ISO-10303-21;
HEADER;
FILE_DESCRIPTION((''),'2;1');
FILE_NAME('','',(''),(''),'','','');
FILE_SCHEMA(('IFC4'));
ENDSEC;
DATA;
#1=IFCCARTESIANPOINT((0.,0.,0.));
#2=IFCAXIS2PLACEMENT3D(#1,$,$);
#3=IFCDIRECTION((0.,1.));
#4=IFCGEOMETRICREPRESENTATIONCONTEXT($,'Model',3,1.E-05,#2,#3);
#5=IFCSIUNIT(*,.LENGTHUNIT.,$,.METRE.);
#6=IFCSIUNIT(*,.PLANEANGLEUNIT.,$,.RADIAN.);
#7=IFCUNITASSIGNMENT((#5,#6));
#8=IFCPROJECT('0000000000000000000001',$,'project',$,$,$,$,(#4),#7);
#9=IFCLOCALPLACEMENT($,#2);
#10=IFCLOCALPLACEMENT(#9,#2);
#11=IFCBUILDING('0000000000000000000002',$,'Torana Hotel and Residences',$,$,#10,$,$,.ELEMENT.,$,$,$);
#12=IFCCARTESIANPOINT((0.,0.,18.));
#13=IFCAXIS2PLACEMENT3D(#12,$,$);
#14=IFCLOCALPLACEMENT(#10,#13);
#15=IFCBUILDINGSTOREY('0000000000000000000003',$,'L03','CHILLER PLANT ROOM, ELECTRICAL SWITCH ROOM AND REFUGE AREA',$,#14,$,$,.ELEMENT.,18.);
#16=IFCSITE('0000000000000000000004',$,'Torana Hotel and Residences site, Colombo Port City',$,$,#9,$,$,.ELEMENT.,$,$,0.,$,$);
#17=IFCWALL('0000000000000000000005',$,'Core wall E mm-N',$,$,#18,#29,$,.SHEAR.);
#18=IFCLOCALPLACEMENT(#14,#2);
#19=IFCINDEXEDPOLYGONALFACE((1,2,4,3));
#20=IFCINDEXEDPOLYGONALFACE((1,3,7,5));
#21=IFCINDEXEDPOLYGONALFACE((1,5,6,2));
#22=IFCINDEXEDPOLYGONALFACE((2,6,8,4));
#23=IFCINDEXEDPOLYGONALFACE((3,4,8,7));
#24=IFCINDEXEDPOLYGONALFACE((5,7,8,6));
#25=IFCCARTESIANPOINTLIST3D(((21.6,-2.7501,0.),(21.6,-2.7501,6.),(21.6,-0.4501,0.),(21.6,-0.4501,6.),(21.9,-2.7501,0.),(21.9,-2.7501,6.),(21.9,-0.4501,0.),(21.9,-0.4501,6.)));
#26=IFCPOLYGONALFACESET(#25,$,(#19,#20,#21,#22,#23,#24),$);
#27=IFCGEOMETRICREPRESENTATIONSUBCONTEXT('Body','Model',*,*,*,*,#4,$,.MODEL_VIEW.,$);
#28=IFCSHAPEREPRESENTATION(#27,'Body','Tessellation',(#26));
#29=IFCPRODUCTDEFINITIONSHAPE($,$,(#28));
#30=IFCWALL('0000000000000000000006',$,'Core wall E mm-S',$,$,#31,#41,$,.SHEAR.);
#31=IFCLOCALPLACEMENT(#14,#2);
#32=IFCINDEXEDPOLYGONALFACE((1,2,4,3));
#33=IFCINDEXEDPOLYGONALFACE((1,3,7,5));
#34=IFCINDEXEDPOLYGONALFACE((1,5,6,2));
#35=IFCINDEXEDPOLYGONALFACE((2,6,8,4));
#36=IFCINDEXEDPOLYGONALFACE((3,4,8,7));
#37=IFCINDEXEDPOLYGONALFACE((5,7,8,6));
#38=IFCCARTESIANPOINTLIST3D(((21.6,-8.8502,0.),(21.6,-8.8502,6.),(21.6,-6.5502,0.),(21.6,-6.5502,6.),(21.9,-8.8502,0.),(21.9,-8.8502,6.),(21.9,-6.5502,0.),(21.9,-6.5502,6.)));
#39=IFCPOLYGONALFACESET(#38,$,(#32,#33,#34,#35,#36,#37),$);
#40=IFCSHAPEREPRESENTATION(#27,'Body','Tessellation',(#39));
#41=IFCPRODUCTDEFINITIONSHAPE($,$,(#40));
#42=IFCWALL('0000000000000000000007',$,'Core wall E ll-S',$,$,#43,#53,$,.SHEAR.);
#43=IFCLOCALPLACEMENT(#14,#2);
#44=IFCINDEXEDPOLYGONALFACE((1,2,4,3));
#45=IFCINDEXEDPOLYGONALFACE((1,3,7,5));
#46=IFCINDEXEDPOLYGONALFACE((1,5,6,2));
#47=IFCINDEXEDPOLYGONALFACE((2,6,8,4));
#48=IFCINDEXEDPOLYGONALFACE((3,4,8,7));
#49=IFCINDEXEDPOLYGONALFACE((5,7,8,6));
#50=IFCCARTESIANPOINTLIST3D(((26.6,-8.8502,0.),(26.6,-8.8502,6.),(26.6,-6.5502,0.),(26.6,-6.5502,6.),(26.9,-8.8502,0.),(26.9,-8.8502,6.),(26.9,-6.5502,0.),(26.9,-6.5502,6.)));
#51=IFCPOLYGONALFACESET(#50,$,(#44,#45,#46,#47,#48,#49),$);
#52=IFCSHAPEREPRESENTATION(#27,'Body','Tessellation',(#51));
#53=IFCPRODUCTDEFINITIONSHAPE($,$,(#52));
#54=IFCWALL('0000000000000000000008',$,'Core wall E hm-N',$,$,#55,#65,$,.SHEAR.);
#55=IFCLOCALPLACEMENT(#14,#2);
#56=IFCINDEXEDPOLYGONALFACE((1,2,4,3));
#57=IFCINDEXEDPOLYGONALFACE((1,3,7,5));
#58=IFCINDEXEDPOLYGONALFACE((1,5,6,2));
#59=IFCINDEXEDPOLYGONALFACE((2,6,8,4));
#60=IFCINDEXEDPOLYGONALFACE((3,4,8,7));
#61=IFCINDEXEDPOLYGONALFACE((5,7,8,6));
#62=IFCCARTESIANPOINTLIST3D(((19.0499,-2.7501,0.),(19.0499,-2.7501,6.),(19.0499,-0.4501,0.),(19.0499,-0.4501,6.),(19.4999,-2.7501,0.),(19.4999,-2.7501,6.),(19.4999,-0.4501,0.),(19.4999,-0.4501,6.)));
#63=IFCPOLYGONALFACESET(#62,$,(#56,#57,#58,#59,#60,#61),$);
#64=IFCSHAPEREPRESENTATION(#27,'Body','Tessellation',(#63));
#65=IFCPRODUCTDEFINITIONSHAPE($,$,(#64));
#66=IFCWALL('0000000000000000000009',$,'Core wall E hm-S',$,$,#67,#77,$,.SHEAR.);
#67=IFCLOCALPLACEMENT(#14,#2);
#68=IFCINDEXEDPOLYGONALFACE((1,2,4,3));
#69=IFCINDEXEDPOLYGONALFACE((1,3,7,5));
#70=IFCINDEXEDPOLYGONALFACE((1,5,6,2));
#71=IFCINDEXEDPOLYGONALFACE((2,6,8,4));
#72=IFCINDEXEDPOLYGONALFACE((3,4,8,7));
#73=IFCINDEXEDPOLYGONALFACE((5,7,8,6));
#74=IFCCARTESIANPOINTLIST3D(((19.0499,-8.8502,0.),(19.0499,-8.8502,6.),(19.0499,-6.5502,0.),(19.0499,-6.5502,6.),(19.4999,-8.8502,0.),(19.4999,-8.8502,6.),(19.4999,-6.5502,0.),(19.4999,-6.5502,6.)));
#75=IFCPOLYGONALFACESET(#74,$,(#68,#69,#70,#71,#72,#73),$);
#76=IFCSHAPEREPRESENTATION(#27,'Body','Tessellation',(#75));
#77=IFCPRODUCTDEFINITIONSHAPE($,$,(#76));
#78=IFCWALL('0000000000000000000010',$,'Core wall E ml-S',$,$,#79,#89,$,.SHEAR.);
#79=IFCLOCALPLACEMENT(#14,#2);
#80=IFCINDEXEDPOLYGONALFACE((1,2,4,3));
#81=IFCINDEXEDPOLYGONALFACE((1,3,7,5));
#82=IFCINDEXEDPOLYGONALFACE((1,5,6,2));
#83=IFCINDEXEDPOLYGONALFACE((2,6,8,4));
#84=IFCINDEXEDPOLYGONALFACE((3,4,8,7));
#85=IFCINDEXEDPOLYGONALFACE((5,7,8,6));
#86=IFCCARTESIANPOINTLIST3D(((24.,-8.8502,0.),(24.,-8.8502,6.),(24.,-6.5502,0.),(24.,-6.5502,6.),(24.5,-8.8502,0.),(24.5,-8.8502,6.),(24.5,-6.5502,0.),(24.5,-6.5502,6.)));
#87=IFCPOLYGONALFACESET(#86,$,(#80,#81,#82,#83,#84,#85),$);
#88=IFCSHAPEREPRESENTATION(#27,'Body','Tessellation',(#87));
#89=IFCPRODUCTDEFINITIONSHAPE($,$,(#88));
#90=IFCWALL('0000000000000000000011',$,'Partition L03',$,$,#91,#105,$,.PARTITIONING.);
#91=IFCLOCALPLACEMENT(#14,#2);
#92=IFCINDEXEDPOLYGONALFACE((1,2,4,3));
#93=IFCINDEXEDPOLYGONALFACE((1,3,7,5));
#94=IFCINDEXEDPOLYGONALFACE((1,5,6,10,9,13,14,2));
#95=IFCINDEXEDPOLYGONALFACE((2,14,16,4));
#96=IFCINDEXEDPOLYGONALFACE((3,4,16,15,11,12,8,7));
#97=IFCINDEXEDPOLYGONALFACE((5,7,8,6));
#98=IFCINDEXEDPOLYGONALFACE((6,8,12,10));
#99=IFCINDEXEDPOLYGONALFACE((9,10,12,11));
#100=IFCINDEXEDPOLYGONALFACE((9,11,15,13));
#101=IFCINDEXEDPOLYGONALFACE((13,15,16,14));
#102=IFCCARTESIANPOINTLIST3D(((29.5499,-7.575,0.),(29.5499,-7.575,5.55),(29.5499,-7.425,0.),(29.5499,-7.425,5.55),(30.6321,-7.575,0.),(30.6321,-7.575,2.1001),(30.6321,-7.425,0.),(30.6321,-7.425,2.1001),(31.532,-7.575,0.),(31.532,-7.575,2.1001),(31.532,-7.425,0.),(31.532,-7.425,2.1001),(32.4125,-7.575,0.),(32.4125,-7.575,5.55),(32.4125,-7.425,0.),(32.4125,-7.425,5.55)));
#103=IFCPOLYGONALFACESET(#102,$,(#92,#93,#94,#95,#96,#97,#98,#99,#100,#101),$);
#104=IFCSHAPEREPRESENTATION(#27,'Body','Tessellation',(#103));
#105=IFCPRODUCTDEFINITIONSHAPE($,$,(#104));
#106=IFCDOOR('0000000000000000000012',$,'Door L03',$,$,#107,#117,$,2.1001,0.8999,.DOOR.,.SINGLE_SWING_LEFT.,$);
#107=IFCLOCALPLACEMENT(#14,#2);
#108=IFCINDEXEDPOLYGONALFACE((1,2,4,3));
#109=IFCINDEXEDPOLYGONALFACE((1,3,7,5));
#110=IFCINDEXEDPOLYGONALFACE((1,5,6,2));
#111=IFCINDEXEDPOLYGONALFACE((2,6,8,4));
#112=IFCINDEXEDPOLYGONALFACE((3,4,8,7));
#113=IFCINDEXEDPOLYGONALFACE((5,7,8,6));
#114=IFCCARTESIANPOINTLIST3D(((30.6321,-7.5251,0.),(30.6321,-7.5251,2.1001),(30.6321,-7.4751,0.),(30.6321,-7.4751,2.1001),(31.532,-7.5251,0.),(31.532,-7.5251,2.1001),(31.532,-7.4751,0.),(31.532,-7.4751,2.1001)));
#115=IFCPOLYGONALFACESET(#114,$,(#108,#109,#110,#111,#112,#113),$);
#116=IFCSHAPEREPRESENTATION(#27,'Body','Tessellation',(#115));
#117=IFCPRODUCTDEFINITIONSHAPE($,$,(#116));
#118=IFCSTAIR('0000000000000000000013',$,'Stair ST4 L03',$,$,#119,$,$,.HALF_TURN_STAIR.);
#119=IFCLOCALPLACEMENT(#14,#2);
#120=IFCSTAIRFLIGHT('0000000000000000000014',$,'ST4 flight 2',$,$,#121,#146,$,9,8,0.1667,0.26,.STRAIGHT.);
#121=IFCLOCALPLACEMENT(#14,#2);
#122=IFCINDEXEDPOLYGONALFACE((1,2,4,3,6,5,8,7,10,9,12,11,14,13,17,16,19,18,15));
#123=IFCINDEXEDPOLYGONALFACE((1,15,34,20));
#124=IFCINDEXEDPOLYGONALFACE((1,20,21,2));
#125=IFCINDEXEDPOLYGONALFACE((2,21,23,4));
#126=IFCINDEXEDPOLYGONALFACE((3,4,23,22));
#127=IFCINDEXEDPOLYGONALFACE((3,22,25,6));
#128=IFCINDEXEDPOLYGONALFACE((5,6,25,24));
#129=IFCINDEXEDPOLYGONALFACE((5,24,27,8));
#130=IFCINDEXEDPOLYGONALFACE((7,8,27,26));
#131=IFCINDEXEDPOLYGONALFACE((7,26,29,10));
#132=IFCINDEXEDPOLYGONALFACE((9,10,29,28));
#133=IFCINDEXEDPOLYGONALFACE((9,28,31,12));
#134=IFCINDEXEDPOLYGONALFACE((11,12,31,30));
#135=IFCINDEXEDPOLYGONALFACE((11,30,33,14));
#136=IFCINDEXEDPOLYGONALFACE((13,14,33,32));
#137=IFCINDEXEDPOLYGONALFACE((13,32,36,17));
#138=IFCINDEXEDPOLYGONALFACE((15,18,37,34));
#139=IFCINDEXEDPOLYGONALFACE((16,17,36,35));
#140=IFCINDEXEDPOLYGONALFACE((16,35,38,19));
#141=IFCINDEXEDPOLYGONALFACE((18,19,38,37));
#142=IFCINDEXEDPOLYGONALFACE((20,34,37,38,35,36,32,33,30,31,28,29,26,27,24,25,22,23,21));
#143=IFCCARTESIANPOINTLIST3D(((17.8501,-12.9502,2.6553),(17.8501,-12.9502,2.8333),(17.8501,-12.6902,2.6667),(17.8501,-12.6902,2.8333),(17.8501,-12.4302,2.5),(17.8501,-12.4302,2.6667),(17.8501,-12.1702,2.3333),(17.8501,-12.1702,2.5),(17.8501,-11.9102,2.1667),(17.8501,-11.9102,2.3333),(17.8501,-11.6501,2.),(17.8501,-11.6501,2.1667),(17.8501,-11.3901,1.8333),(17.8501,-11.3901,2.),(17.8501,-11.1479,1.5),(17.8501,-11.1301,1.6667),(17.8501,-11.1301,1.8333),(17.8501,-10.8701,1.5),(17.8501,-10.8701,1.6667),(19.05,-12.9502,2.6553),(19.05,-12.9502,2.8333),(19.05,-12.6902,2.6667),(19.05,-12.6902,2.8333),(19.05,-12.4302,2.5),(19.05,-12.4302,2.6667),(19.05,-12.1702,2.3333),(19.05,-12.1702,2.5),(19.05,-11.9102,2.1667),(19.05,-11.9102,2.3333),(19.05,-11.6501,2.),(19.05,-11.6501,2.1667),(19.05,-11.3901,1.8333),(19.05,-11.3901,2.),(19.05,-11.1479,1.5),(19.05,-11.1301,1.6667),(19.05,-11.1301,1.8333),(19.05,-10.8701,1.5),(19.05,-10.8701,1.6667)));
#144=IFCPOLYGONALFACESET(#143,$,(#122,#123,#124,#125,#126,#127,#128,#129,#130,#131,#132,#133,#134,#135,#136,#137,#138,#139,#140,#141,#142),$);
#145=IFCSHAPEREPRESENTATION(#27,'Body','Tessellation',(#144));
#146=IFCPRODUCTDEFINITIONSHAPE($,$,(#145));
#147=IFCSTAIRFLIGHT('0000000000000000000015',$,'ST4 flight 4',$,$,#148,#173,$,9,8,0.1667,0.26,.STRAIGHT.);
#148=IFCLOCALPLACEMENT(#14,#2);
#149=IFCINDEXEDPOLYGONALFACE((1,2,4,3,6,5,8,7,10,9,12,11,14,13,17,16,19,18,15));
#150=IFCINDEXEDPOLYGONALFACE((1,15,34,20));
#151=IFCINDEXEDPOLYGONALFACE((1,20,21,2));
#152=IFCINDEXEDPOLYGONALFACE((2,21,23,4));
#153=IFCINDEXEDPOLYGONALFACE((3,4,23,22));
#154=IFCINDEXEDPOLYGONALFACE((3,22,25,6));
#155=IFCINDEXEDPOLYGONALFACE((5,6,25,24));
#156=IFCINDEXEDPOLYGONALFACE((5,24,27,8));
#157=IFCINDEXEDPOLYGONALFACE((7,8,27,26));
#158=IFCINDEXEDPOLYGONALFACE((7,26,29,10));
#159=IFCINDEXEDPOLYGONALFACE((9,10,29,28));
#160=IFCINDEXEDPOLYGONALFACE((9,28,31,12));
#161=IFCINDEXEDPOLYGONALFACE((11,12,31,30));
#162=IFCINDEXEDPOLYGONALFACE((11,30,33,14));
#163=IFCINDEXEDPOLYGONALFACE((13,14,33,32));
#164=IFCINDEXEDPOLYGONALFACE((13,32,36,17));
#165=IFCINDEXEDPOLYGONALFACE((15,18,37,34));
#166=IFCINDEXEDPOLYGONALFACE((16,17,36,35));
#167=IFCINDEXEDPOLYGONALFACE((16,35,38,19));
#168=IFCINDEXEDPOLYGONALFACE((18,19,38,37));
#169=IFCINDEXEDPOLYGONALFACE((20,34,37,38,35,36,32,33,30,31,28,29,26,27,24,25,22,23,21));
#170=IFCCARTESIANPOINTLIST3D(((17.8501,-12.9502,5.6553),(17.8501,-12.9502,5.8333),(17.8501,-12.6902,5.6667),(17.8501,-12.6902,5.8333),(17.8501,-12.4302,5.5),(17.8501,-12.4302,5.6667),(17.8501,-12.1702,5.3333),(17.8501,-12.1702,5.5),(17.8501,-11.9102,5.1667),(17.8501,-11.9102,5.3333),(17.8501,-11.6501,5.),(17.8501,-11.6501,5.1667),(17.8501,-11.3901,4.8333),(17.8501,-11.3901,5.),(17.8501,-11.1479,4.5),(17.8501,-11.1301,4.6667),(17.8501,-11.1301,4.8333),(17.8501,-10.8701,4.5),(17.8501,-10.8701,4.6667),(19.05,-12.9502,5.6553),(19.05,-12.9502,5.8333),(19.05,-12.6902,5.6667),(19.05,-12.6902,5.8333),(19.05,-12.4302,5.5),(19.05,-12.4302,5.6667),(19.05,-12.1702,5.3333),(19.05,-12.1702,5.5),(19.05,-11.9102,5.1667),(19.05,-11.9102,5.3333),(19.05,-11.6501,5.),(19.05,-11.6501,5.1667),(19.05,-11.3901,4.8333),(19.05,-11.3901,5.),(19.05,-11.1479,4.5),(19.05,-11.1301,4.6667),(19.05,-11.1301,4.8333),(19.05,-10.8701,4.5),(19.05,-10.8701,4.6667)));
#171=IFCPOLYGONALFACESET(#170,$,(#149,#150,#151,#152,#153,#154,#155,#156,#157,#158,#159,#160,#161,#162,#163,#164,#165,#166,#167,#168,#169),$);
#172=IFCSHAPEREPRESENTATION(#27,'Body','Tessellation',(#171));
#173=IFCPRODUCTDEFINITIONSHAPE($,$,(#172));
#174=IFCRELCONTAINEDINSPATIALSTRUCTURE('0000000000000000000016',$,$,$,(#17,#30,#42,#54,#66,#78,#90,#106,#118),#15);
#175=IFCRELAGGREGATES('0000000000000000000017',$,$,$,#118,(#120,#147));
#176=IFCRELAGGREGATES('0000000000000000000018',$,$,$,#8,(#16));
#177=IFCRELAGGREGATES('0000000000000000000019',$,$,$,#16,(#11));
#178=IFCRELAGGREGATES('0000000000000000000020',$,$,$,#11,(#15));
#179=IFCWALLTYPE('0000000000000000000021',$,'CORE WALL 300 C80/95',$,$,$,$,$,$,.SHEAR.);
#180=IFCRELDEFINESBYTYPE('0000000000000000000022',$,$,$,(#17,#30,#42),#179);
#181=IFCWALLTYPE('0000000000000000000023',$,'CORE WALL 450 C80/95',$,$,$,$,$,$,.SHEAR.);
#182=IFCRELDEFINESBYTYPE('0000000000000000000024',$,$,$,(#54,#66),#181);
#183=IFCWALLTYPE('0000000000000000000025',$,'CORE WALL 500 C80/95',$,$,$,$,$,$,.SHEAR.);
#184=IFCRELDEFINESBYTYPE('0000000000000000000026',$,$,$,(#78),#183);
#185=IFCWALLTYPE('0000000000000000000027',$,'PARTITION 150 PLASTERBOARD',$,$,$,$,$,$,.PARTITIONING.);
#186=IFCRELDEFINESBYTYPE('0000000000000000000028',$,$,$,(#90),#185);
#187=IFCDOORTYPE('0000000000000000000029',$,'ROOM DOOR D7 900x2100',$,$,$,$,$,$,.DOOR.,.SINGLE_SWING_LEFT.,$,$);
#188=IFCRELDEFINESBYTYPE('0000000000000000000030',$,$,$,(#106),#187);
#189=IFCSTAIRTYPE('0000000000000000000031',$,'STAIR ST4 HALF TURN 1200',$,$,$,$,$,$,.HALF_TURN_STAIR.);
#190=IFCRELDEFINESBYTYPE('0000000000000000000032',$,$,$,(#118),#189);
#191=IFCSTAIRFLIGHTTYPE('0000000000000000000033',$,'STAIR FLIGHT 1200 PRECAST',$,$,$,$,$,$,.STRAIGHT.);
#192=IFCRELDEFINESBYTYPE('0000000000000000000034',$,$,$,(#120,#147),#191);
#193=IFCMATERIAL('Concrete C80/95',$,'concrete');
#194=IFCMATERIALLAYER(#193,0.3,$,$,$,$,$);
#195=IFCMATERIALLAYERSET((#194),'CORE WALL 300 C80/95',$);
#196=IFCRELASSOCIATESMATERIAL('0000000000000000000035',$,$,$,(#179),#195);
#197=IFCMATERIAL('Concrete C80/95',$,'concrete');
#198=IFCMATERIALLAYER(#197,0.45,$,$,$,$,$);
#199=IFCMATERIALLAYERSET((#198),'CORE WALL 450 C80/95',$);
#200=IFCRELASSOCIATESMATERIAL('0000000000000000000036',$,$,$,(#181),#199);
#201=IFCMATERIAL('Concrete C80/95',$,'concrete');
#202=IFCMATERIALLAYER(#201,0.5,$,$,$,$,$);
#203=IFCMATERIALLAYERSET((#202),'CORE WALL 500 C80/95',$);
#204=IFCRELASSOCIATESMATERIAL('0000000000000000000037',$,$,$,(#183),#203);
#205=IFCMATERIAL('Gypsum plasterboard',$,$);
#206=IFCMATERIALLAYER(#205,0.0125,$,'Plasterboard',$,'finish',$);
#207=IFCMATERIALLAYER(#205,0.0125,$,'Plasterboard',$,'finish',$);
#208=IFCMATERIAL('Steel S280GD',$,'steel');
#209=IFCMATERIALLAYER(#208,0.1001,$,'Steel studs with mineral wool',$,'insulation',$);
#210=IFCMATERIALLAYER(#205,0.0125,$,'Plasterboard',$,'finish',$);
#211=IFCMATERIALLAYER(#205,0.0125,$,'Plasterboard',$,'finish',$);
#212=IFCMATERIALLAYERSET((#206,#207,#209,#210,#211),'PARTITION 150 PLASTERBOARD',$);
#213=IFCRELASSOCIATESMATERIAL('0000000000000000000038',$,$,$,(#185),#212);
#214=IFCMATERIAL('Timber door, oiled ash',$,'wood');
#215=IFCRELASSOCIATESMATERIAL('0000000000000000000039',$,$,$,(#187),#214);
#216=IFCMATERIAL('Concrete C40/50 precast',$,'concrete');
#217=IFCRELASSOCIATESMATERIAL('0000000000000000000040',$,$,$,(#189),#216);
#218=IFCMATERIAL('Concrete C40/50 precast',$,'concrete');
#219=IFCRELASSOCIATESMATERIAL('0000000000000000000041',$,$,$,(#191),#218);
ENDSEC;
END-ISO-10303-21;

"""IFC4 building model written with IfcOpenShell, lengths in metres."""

from ifc_helpers import new_model, si_unit, direction, frame, frame_2d, origin, place, context, subcontext, project, spatial, polyline, rectangle, outline, extrude, material, layer, layer_set, type_object, element, fill, aggregate, save


model = new_model("IFC4")

# Units and contexts
model_context = context("Model", 3, precision=1e-05, world=origin(), true_north=direction((0.0, 1.0)))
body_context = subcontext(model_context, "Body", "Model", "MODEL_VIEW")
ifc_project = project(units=[si_unit("LENGTHUNIT", "METRE"), si_unit("PLANEANGLEUNIT", "RADIAN")], contexts=[model_context])

# Site, building, storey
site_placement = place(None, origin())
site = spatial("IfcSite", under=ifc_project, at=site_placement, Name="Torana Hotel and Residences site, Colombo Port City", CompositionType="ELEMENT", RefElevation=0.0)
building_placement = place(site_placement, origin())
building = spatial("IfcBuilding", under=site, at=building_placement, Name="Torana Hotel and Residences", CompositionType="ELEMENT")
storey_placement = place(building_placement, frame((0.0, 0.0, 18.0)))
storey = spatial("IfcBuildingStorey", under=building, at=storey_placement, Name="L03", Description="CHILLER PLANT ROOM, ELECTRICAL SWITCH ROOM AND REFUGE AREA", CompositionType="ELEMENT", Elevation=18.0)

# Walls
ifc_material_1 = material(Name="Concrete C80/95", Category="concrete")
ifc_layer_1 = layer(ifc_material_1, 0.3)
ifc_layer_set_1 = layer_set([ifc_layer_1], Name="CORE WALL 300 C80/95")
wall_type_1 = type_object("IfcWallType", Name="CORE WALL 300 C80/95", PredefinedType="SHEAR", material=ifc_layer_set_1)
for number, where, z_axis, x_axis, name in (
    (1, (21.75, -2.75, 0.0), (0.0, 0.0, 1.0), (0.0, 1.0, 0.0), "Core wall E mm-N"),
    (2, (21.75, -8.8501, 0.0), (0.0, 0.0, 1.0), (0.0, 1.0, 0.0), "Core wall E mm-S"),
    (3, (26.75, -8.8501, 0.0), (0.0, 0.0, 1.0), (0.0, 1.0, 0.0), "Core wall E ll-S"),
):
    element("IfcWall", number, at=place(storey_placement, frame(where, z_axis=z_axis, x_axis=x_axis)), inside=storey, type_object=wall_type_1, Name=name, PredefinedType="SHEAR", context=body_context, shape_type="SweptSolid", body=[
        extrude(rectangle(XDim=2.3, YDim=0.3, at=frame_2d((1.1499, 0.0))), origin(), (0.0, 0.0, 1.0), 6.0),
    ])
ifc_material_2 = material(Name="Concrete C80/95", Category="concrete")
ifc_layer_2 = layer(ifc_material_2, 0.45)
ifc_layer_set_2 = layer_set([ifc_layer_2], Name="CORE WALL 450 C80/95")
wall_type_2 = type_object("IfcWallType", Name="CORE WALL 450 C80/95", PredefinedType="SHEAR", material=ifc_layer_set_2)
for number, where, z_axis, x_axis, name in (
    (4, (19.2749, -2.75, 0.0), (0.0, 0.0, 1.0), (0.0, 1.0, 0.0), "Core wall E hm-N"),
    (5, (19.2749, -8.8501, 0.0), (0.0, 0.0, 1.0), (0.0, 1.0, 0.0), "Core wall E hm-S"),
):
    element("IfcWall", number, at=place(storey_placement, frame(where, z_axis=z_axis, x_axis=x_axis)), inside=storey, type_object=wall_type_2, Name=name, PredefinedType="SHEAR", context=body_context, shape_type="SweptSolid", body=[
        extrude(rectangle(XDim=2.3, YDim=0.45, at=frame_2d((1.1499, 0.0))), origin(), (0.0, 0.0, 1.0), 6.0),
    ])
ifc_material_3 = material(Name="Concrete C80/95", Category="concrete")
ifc_layer_3 = layer(ifc_material_3, 0.5)
ifc_layer_set_3 = layer_set([ifc_layer_3], Name="CORE WALL 500 C80/95")
wall_type_3 = type_object("IfcWallType", Name="CORE WALL 500 C80/95", PredefinedType="SHEAR", material=ifc_layer_set_3)
wall_1_placement = place(storey_placement, frame((24.25, -8.8501, 0.0), z_axis=(0.0, 0.0, 1.0), x_axis=(0.0, 1.0, 0.0)))
element("IfcWall", 6, at=wall_1_placement, inside=storey, type_object=wall_type_3, Name="Core wall E ml-S", PredefinedType="SHEAR", context=body_context, shape_type="SweptSolid", body=[
    extrude(rectangle(XDim=2.3, YDim=0.5, at=frame_2d((1.1499, 0.0))), origin(), (0.0, 0.0, 1.0), 6.0),
])

# Wall, opening, door
ifc_material_4 = material(Name="Gypsum plasterboard")
ifc_layer_4 = layer(ifc_material_4, 0.0125, Name="Plasterboard", Category="finish")
ifc_layer_5 = layer(ifc_material_4, 0.0125, Name="Plasterboard", Category="finish")
ifc_material_5 = material(Name="Steel S280GD", Category="steel")
ifc_layer_6 = layer(ifc_material_5, 0.1001, Name="Steel studs with mineral wool", Category="insulation")
ifc_layer_7 = layer(ifc_material_4, 0.0125, Name="Plasterboard", Category="finish")
ifc_layer_8 = layer(ifc_material_4, 0.0125, Name="Plasterboard", Category="finish")
ifc_layer_set_4 = layer_set([ifc_layer_4, ifc_layer_5, ifc_layer_6, ifc_layer_7, ifc_layer_8], Name="PARTITION 150 PLASTERBOARD")
wall_type_4 = type_object("IfcWallType", Name="PARTITION 150 PLASTERBOARD", PredefinedType="PARTITIONING", material=ifc_layer_set_4)
wall_2_placement = place(storey_placement, frame((29.55, -7.5, 0.0), z_axis=(0.0, 0.0, 1.0), x_axis=(1.0, 0.0, 0.0)))
wall_2 = element("IfcWall", 7, at=wall_2_placement, inside=storey, type_object=wall_type_4, Name="Partition L03", PredefinedType="PARTITIONING", context=body_context, shape_type="SweptSolid", body=[
    extrude(rectangle(XDim=2.8625, YDim=0.1499, at=frame_2d((1.4312, 0.0))), origin(), (0.0, 0.0, 1.0), 5.55),
])
opening_placement = place(wall_2_placement, frame((1.082, 0.0, 0.0)))
opening = element("IfcOpeningElement", 8, at=opening_placement, cuts=wall_2, PredefinedType="OPENING", context=body_context, shape_type="SweptSolid", body=[
    extrude(rectangle(XDim=0.8999, YDim=2.1001, at=frame_2d((0.45, 1.05))), frame((0.0, 0.085, 0.0), z_axis=(0.0, -1.0, 0.0), x_axis=(1.0, 0.0, 0.0)), (0.0, 0.0, 1.0), 0.1699),
])
ifc_material_6 = material(Name="Timber door, oiled ash", Category="wood")
door_type = type_object("IfcDoorType", Name="ROOM DOOR D7 900x2100", OperationType="SINGLE_SWING_LEFT", PredefinedType="DOOR", material=ifc_material_6)
door_placement = place(opening_placement, origin())
door = element("IfcDoor", 9, at=door_placement, inside=storey, type_object=door_type, Name="Door L03", OperationType="SINGLE_SWING_LEFT", OverallHeight=2.1001, OverallWidth=0.8999, PredefinedType="DOOR", context=body_context, shape_type="SweptSolid", body=[
    extrude(rectangle(XDim=0.8999, YDim=2.1001, at=frame_2d((0.45, 1.05))), frame((0.0, 0.0249, 0.0), z_axis=(0.0, -1.0, 0.0), x_axis=(1.0, 0.0, 0.0)), (0.0, 0.0, 1.0), 0.05),
])
fill(opening, door)

# Stair, stair flights
ifc_material_7 = material(Name="Concrete C40/50 precast", Category="concrete")
stair_type = type_object("IfcStairType", Name="STAIR ST4 HALF TURN 1200", PredefinedType="HALF_TURN_STAIR", material=ifc_material_7)
stair_placement = place(storey_placement, origin())
stair = element("IfcStair", 10, at=stair_placement, inside=storey, type_object=stair_type, Name="Stair ST4 L03", PredefinedType="HALF_TURN_STAIR")
ifc_material_8 = material(Name="Concrete C40/50 precast", Category="concrete")
stair_flight_type = type_object("IfcStairFlightType", Name="STAIR FLIGHT 1200 PRECAST", PredefinedType="STRAIGHT", material=ifc_material_8)
stair_flight_1_placement = place(storey_placement, frame((18.45, -10.8701, 1.5), z_axis=(0.0, 0.0, 1.0), x_axis=(0.0, -1.0, 0.0)))
stair_flight_1 = element("IfcStairFlight", 11, at=stair_flight_1_placement, type_object=stair_flight_type, Name="ST4 flight 2", NumberOfRisers=9, NumberOfTreads=8, PredefinedType="STRAIGHT", RiserHeight=0.1667, TreadLength=0.26, context=body_context, shape_type="SweptSolid", body=[
    extrude(outline(polyline([(0.0, 0.0), (0.0, 0.1667), (0.26, 0.1667), (0.26, 0.3333), (0.52, 0.3333), (0.52, 0.5), (0.78, 0.5), (0.78, 0.6667), (1.04, 0.6667), (1.04, 0.8333), (1.3, 0.8333), (1.3, 1.0), (1.5601, 1.0), (1.5601, 1.1667), (1.8201, 1.1667), (1.8201, 1.3333), (2.0801, 1.3333), (2.0801, 1.5), (2.0801, 1.1553), (0.2778, 0.0), (0.0, 0.0)])), frame((0.0, 0.6001, 0.0), z_axis=(0.0, -1.0, 0.0), x_axis=(1.0, 0.0, 0.0)), (0.0, 0.0, 1.0), 1.2),
])
stair_flight_2_placement = place(storey_placement, frame((18.45, -10.8701, 4.5), z_axis=(0.0, 0.0, 1.0), x_axis=(0.0, -1.0, 0.0)))
stair_flight_2 = element("IfcStairFlight", 12, at=stair_flight_2_placement, type_object=stair_flight_type, Name="ST4 flight 4", NumberOfRisers=9, NumberOfTreads=8, PredefinedType="STRAIGHT", RiserHeight=0.1667, TreadLength=0.26, context=body_context, shape_type="SweptSolid", body=[
    extrude(outline(polyline([(0.0, 0.0), (0.0, 0.1667), (0.26, 0.1667), (0.26, 0.3333), (0.52, 0.3333), (0.52, 0.5), (0.78, 0.5), (0.78, 0.6667), (1.04, 0.6667), (1.04, 0.8333), (1.3, 0.8333), (1.3, 1.0), (1.5601, 1.0), (1.5601, 1.1667), (1.8201, 1.1667), (1.8201, 1.3333), (2.0801, 1.3333), (2.0801, 1.5), (2.0801, 1.1553), (0.2778, 0.0), (0.0, 0.0)])), frame((0.0, 0.6001, 0.0), z_axis=(0.0, -1.0, 0.0), x_axis=(1.0, 0.0, 0.0)), (0.0, 0.0, 1.0), 1.2),
])
aggregate(stair, [stair_flight_1, stair_flight_2])

save(model, "model.ifc")
